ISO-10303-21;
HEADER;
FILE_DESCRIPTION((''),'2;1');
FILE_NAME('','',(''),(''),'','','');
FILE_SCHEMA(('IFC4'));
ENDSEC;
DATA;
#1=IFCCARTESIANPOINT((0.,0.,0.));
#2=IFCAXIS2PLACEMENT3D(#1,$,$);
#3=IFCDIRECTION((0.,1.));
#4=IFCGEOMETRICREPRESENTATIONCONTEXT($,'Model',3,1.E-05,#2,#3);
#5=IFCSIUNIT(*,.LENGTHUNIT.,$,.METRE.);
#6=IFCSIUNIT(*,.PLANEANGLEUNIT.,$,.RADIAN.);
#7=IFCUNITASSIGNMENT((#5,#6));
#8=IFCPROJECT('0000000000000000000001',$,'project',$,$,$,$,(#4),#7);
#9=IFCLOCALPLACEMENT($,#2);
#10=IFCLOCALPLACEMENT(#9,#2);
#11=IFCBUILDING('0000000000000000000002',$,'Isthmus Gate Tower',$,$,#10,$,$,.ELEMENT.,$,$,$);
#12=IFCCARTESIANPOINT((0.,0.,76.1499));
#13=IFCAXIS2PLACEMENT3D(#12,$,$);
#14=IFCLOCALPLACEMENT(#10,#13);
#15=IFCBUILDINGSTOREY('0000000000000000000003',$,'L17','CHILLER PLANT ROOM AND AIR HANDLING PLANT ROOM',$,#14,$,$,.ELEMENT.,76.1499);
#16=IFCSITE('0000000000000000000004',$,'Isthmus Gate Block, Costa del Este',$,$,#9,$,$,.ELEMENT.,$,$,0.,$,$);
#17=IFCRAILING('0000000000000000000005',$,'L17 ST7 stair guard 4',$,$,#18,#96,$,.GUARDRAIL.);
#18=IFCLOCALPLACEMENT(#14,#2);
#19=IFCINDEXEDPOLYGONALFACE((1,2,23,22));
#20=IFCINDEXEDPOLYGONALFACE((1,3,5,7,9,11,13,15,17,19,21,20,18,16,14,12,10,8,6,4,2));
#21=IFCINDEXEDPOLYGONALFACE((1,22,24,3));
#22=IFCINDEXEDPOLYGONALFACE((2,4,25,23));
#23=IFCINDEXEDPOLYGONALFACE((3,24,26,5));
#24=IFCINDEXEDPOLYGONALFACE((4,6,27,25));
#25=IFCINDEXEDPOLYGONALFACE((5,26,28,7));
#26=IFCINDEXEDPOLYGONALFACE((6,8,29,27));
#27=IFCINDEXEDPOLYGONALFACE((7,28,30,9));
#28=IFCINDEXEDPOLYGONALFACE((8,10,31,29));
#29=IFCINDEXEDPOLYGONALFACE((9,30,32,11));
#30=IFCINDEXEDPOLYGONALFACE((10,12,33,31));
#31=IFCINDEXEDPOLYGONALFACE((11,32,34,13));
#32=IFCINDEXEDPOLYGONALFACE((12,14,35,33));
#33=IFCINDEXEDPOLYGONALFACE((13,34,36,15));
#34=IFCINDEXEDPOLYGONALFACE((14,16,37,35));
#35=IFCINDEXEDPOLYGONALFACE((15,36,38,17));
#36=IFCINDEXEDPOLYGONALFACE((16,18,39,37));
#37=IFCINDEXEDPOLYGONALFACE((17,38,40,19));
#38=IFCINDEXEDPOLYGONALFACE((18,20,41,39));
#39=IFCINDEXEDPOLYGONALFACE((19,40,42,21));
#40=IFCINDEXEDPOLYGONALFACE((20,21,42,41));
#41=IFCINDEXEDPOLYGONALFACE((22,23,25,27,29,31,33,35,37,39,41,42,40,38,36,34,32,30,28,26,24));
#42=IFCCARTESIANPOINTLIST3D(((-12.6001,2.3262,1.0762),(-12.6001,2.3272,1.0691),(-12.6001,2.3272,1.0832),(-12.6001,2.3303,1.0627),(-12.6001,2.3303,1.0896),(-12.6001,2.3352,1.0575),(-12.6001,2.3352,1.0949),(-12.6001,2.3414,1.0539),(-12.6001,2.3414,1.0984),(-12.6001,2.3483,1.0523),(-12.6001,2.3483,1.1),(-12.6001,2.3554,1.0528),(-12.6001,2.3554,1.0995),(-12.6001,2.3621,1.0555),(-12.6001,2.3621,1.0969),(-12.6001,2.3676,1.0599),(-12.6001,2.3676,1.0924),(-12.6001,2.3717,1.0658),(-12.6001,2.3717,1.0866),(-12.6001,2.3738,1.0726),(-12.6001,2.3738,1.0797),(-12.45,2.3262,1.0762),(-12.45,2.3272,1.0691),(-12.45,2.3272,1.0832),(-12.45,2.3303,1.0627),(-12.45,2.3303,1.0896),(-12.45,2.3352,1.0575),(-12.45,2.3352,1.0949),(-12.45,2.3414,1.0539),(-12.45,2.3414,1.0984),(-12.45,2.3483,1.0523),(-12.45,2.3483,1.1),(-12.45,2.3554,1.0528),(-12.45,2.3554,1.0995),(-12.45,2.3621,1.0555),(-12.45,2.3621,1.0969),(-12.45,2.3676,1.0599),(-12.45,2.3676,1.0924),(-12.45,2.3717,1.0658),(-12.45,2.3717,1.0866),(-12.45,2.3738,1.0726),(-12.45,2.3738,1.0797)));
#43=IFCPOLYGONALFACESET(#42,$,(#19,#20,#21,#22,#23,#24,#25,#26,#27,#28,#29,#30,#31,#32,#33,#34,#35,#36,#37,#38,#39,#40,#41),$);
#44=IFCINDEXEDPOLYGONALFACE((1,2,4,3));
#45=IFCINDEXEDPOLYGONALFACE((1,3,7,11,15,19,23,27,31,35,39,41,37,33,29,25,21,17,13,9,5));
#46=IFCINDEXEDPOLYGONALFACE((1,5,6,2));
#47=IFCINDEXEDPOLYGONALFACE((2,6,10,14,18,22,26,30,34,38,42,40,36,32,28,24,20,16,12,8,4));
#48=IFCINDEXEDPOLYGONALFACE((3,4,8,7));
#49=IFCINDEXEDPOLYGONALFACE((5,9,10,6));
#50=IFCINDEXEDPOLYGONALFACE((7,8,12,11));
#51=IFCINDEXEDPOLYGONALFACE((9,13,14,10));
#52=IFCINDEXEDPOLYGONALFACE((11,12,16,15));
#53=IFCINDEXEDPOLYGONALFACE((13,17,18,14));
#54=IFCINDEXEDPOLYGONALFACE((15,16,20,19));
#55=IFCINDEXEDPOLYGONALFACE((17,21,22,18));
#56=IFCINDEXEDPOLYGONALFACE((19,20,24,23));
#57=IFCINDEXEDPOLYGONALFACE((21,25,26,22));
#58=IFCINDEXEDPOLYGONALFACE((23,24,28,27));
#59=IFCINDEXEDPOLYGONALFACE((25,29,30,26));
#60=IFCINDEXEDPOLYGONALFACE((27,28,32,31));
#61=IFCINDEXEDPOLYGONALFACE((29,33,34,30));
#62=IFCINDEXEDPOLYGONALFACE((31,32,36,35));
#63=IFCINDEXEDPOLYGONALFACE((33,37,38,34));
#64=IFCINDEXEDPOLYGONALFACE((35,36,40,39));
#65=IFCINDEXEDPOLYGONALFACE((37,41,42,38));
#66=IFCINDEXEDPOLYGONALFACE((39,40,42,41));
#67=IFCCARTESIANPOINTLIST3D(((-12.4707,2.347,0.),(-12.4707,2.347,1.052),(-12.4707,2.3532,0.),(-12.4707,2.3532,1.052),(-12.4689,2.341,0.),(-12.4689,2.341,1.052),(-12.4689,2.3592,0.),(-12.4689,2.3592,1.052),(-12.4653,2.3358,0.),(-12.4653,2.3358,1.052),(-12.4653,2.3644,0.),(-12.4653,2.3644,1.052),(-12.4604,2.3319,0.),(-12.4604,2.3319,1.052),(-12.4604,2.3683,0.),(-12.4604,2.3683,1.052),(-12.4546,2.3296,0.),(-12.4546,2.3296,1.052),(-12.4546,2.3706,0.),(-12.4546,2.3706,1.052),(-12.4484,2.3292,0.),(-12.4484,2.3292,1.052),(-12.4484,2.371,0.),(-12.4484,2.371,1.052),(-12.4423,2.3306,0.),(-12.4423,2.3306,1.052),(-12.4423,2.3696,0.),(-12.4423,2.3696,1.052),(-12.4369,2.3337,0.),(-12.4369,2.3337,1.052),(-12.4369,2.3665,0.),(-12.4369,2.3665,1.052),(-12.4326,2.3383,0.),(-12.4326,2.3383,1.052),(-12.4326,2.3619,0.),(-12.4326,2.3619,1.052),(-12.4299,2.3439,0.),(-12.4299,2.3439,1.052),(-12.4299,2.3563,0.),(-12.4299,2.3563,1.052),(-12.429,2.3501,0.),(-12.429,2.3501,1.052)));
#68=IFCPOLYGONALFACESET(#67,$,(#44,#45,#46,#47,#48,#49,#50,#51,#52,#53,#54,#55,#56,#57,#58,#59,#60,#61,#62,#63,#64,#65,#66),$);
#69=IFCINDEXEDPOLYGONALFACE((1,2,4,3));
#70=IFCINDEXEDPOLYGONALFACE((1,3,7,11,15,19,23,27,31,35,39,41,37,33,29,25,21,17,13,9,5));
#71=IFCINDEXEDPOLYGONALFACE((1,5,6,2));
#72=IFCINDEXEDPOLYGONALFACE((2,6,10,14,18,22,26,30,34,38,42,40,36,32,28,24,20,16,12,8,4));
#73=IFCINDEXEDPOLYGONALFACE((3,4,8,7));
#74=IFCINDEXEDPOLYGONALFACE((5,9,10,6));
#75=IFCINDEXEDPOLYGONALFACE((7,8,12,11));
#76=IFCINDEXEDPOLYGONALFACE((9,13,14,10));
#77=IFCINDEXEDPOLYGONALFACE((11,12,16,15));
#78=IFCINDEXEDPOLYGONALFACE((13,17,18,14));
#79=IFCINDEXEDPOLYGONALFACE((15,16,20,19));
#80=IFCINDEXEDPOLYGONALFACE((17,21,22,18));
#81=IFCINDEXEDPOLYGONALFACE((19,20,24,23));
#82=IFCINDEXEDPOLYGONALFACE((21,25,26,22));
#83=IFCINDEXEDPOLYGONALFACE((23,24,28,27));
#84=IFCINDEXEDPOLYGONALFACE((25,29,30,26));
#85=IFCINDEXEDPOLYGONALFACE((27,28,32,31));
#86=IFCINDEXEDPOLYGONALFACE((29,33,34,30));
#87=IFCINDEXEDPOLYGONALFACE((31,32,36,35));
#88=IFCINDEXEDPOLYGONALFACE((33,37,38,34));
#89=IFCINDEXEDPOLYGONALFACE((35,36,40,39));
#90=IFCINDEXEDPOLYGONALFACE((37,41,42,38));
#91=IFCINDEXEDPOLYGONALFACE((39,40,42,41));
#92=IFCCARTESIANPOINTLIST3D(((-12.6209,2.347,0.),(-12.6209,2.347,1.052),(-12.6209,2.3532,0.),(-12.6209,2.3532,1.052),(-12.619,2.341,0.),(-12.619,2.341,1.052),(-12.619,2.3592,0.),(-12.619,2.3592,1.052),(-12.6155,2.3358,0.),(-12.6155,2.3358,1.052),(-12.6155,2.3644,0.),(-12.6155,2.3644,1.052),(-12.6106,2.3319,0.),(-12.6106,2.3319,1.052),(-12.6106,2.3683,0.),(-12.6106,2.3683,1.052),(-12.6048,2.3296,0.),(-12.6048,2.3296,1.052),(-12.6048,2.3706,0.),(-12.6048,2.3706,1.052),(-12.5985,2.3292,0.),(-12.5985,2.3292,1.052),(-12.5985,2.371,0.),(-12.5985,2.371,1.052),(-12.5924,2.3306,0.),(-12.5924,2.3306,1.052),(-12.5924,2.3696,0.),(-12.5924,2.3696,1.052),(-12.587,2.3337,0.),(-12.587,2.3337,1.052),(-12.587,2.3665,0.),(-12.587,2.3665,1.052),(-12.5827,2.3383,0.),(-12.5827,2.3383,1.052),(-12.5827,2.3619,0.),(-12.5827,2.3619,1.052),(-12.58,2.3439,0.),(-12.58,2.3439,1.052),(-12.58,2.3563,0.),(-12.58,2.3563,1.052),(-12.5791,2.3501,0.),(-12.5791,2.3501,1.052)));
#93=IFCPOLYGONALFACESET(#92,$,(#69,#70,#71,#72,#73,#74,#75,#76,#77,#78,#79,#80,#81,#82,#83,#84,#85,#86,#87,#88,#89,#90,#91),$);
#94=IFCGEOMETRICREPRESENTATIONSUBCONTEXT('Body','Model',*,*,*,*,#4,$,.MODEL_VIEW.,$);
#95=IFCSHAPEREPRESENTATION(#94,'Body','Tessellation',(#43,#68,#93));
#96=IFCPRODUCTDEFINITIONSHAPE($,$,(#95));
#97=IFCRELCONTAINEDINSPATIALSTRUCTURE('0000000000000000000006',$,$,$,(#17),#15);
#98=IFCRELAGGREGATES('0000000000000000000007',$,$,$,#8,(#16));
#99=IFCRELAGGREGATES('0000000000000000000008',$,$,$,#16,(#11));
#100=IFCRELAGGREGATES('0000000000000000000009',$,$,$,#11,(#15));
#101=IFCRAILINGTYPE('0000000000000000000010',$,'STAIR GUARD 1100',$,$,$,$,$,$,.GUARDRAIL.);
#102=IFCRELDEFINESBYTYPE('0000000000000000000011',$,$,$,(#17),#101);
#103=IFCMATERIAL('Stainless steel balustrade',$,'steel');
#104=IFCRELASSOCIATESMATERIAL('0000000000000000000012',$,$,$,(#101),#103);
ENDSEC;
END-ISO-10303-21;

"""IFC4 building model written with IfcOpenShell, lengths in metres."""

from ifc_helpers import new_model, si_unit, direction, frame, origin, origin_2d, place, context, subcontext, project, spatial, circle, extrude, material, type_object, element, save


model = new_model("IFC4")

# Units and contexts
model_context = context("Model", 3, precision=1e-05, world=origin(), true_north=direction((0.0, 1.0)))
body_context = subcontext(model_context, "Body", "Model", "MODEL_VIEW")
ifc_project = project(units=[si_unit("LENGTHUNIT", "METRE"), si_unit("PLANEANGLEUNIT", "RADIAN")], contexts=[model_context])

# Site, building, storey
site_placement = place(None, origin())
site = spatial("IfcSite", under=ifc_project, at=site_placement, Name="Isthmus Gate Block, Costa del Este", CompositionType="ELEMENT", RefElevation=0.0)
building_placement = place(site_placement, origin())
building = spatial("IfcBuilding", under=site, at=building_placement, Name="Isthmus Gate Tower", CompositionType="ELEMENT")
storey_placement = place(building_placement, frame((0.0, 0.0, 76.1499)))
storey = spatial("IfcBuildingStorey", under=building, at=storey_placement, Name="L17", Description="CHILLER PLANT ROOM AND AIR HANDLING PLANT ROOM", CompositionType="ELEMENT", Elevation=76.1499)

# Railing
ifc_material_1 = material(Name="Stainless steel balustrade", Category="steel")
railing_type_1 = type_object("IfcRailingType", Name="STAIR GUARD 1100", PredefinedType="GUARDRAIL", material=ifc_material_1)
railing_1_placement = place(storey_placement, frame((-12.45, 2.3501, 0.0)))
element("IfcRailing", 1, at=railing_1_placement, inside=storey, type_object=railing_type_1, Name="L17 ST7 stair guard 4", PredefinedType="GUARDRAIL", context=body_context, shape_type="SweptSolid", body=[
    extrude(circle(Radius=0.0239, at=origin_2d()), frame((0.0, 0.0, 1.0762), z_axis=(-1.0, 0.0, 0.0), x_axis=(0.0, -1.0, 0.0)), (0.0, 0.0, 1.0), 0.1501),
    extrude(circle(Radius=0.021, at=origin_2d()), origin(), (0.0, 0.0, 1.0), 1.052),
    extrude(circle(Radius=0.021, at=origin_2d()), frame((-0.1501, 0.0, 0.0)), (0.0, 0.0, 1.0), 1.052),
])

save(model, "model.ifc")
